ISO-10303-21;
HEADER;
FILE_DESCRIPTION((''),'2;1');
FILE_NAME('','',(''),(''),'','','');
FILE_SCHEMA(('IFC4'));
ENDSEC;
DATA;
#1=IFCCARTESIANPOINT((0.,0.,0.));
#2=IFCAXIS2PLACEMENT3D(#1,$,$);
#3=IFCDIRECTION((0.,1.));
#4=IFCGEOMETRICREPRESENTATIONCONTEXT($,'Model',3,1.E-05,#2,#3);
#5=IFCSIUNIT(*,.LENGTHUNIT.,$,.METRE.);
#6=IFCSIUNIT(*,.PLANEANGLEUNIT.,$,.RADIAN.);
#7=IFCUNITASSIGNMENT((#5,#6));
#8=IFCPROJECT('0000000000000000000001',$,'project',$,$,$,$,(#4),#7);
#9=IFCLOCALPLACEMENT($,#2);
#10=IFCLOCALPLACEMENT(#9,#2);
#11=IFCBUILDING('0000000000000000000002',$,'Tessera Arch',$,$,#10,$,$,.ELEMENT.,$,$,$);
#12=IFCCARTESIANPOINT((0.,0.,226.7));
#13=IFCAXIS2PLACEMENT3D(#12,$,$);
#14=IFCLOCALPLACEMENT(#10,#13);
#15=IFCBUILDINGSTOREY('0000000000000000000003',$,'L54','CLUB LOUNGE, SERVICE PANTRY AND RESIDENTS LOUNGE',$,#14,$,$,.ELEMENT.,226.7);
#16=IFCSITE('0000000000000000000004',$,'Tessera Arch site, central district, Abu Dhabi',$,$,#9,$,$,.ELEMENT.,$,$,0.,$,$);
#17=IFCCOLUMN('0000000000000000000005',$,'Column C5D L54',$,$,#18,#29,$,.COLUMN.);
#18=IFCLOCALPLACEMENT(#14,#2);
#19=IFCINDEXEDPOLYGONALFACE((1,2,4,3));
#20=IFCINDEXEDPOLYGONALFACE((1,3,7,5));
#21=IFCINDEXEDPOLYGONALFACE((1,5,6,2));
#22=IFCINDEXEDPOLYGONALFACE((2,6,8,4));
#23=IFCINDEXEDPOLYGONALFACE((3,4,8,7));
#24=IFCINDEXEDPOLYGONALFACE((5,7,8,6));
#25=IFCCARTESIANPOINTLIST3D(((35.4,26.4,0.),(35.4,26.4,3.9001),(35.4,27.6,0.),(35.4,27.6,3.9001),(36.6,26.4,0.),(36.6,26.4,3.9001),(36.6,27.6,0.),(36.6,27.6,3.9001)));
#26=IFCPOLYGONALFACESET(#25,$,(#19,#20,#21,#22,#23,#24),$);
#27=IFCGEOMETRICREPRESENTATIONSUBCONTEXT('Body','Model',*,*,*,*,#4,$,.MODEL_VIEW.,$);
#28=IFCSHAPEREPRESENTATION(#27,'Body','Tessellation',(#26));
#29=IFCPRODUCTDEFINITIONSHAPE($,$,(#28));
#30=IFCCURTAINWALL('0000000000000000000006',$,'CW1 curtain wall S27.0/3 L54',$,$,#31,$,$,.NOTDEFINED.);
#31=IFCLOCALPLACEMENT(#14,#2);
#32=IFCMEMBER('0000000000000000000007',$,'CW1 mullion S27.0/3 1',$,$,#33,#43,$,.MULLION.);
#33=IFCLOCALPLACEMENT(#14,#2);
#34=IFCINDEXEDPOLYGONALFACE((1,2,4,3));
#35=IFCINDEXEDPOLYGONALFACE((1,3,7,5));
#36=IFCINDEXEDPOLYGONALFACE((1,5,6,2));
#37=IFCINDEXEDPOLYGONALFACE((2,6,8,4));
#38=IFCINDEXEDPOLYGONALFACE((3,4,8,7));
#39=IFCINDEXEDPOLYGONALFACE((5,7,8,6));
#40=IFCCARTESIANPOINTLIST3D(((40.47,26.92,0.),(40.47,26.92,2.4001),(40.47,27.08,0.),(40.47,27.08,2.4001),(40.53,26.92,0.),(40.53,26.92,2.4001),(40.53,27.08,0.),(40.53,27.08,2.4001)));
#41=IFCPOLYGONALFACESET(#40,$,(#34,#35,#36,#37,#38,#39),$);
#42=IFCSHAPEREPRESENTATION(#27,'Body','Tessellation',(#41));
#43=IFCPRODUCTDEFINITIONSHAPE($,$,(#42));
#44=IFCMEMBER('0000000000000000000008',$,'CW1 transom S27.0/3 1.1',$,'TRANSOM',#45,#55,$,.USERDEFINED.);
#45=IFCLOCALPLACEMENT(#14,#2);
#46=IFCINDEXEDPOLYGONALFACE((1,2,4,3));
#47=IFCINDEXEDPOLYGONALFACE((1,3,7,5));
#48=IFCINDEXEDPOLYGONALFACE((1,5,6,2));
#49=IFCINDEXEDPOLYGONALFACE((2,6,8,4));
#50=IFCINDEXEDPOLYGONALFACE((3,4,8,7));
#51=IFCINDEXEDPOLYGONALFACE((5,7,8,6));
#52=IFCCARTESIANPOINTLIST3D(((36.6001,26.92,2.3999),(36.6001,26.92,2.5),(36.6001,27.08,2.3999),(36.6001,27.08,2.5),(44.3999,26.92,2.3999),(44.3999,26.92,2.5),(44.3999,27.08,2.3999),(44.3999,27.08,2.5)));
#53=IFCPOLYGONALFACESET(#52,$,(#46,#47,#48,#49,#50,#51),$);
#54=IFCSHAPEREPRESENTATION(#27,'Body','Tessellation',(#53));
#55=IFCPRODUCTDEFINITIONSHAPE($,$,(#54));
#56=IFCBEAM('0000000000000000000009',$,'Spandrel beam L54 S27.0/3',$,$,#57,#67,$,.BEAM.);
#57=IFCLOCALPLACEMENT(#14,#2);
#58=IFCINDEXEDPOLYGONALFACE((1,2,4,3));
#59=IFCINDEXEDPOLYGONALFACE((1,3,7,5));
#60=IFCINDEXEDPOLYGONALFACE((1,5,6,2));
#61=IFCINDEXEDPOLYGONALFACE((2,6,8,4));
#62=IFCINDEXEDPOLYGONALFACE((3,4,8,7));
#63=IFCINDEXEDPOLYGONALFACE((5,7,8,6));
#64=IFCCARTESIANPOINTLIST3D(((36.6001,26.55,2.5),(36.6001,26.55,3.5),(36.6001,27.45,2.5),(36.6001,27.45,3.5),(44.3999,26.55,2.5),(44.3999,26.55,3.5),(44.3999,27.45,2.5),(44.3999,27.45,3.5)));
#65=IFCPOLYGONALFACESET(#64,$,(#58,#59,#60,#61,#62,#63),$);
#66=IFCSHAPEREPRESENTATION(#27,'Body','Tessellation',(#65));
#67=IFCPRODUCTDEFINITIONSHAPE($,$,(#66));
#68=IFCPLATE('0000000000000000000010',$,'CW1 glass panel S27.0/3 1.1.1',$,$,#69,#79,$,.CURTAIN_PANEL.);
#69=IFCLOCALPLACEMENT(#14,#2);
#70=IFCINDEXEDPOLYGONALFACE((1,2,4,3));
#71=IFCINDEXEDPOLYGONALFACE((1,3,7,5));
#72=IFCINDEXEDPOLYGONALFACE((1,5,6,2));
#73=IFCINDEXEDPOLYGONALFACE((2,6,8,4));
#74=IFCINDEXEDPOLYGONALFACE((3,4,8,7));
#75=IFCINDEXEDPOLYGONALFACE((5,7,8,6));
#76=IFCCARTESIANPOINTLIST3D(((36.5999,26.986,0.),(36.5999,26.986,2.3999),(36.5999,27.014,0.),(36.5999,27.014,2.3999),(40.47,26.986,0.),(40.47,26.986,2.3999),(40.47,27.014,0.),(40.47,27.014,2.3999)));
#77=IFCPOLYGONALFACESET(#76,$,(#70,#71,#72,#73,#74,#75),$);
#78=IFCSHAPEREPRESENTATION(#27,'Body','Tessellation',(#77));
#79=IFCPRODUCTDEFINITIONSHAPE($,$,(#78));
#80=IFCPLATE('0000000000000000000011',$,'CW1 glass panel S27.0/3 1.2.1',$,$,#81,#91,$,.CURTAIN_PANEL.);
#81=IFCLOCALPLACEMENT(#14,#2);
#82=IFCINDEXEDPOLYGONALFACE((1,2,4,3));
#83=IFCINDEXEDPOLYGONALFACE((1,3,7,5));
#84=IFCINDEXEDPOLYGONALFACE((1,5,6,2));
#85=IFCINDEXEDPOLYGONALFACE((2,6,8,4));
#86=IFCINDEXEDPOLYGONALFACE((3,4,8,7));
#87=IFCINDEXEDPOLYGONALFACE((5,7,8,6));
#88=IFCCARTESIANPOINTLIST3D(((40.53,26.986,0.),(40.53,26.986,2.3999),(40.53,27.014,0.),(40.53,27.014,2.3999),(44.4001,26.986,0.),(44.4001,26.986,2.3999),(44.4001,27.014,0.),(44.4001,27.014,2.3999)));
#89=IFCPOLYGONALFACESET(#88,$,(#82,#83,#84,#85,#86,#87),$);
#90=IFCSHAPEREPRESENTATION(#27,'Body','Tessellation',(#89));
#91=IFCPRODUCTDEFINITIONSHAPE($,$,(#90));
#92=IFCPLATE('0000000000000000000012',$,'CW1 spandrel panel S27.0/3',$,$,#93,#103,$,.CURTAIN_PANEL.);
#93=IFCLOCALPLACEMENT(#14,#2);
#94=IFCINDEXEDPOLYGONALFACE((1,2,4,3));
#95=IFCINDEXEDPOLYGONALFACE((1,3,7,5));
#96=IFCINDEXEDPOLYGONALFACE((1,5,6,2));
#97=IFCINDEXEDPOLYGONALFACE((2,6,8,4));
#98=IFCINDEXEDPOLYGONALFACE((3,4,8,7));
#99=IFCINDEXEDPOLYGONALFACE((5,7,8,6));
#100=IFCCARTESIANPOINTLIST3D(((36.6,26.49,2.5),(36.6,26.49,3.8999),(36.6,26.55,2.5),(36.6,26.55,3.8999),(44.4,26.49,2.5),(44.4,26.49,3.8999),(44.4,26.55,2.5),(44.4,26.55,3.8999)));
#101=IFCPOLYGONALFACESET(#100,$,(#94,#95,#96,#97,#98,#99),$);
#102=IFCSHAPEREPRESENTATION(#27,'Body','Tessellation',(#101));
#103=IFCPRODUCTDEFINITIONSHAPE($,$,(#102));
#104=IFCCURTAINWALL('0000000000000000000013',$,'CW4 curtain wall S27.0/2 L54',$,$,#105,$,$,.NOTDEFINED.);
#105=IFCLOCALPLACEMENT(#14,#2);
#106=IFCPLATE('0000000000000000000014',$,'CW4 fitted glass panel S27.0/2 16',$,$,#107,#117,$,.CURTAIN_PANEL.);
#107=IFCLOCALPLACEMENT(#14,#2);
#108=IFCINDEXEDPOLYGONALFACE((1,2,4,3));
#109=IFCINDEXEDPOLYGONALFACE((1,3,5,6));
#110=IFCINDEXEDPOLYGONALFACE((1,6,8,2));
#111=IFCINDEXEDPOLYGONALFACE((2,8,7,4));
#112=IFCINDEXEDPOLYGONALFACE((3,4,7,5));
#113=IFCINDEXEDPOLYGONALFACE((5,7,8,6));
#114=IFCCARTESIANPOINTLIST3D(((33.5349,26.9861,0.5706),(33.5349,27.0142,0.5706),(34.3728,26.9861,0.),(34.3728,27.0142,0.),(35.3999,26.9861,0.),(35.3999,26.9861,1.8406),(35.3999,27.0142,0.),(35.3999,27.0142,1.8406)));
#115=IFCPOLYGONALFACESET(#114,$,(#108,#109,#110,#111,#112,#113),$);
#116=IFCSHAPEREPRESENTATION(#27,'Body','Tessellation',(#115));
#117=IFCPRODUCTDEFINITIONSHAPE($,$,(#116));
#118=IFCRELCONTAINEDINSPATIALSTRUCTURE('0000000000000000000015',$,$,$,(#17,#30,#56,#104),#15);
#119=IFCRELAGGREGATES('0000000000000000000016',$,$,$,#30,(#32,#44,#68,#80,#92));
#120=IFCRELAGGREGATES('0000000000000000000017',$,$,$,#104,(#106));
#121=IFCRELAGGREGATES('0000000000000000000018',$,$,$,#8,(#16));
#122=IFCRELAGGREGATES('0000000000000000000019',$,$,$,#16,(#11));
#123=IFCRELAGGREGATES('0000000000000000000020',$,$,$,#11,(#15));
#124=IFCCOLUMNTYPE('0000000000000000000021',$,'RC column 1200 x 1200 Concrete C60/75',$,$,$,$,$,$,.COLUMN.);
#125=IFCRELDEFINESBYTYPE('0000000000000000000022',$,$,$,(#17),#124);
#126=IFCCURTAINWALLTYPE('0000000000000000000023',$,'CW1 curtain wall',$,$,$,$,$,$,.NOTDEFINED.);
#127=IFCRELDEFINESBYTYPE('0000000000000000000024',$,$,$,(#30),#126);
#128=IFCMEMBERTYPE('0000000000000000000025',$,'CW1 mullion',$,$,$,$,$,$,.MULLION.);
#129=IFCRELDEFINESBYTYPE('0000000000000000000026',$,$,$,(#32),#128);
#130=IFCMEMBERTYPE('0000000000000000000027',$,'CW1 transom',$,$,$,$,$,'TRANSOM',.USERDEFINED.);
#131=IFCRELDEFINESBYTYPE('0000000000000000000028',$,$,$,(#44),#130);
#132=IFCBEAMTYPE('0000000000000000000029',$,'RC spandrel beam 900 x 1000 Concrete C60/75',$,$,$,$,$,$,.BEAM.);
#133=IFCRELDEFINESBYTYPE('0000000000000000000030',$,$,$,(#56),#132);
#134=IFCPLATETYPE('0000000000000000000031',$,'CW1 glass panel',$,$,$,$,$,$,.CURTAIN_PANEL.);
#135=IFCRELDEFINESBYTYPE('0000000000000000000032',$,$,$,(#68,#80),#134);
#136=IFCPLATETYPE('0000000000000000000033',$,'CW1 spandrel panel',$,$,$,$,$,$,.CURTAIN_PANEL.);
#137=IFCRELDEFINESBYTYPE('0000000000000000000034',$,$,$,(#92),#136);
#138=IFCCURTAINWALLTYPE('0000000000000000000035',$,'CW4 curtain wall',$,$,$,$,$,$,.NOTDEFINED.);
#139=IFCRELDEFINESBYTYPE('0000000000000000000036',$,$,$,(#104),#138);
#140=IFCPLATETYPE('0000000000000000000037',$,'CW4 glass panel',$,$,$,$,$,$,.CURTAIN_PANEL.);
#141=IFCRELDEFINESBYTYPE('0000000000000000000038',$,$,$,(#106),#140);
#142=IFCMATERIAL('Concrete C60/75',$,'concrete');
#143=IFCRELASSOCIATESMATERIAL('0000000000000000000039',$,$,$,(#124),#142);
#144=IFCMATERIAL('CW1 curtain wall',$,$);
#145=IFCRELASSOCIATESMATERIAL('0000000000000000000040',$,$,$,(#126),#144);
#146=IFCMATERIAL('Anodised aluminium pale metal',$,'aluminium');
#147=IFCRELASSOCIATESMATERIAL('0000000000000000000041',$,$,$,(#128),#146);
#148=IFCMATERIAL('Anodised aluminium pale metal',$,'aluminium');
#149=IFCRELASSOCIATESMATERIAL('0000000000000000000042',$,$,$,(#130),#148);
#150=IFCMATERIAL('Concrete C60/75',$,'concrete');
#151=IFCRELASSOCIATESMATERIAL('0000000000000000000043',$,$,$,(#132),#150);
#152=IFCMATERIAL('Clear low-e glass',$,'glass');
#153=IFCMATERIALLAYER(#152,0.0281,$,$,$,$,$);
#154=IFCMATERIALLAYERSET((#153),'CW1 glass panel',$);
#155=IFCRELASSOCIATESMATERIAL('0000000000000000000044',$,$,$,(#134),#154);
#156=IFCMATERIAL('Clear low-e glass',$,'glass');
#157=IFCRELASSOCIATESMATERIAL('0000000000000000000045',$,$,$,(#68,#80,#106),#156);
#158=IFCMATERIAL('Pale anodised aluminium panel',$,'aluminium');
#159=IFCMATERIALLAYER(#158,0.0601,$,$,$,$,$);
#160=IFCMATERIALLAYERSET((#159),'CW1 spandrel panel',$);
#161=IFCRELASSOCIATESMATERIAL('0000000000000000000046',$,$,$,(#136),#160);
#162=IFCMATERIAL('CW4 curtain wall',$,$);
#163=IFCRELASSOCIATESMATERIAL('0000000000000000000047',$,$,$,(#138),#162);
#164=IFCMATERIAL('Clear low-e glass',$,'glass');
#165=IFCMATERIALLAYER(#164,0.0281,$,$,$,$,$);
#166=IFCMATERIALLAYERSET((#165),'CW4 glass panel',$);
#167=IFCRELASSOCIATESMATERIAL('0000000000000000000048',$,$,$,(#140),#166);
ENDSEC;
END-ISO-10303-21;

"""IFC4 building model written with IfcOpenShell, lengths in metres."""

from ifc_helpers import new_model, si_unit, direction, frame, origin, origin_2d, place, context, subcontext, project, spatial, polyline, rectangle, outline, extrude, material, layer, layer_set, material_profile, profile_set, type_object, element, aggregate, save


model = new_model("IFC4")

# Units and contexts
model_context = context("Model", 3, precision=1e-05, world=origin(), true_north=direction((0.0, 1.0)))
body_context = subcontext(model_context, "Body", "Model", "MODEL_VIEW")
ifc_project = project(units=[si_unit("LENGTHUNIT", "METRE"), si_unit("PLANEANGLEUNIT", "RADIAN")], contexts=[model_context])

# Site, building, storey
site_placement = place(None, origin())
site = spatial("IfcSite", under=ifc_project, at=site_placement, Name="Tessera Arch site, central district, Abu Dhabi", CompositionType="ELEMENT", RefElevation=0.0)
building_placement = place(site_placement, origin())
building = spatial("IfcBuilding", under=site, at=building_placement, Name="Tessera Arch", CompositionType="ELEMENT")
storey_placement = place(building_placement, frame((0.0, 0.0, 226.7)))
storey = spatial("IfcBuildingStorey", under=building, at=storey_placement, Name="L54", Description="CLUB LOUNGE, SERVICE PANTRY AND RESIDENTS LOUNGE", CompositionType="ELEMENT", Elevation=226.7)

# Column
ifc_material_1 = material(Name="Concrete C60/75", Category="concrete")
ifc_material_profile_1 = material_profile(ifc_material_1, rectangle(XDim=1.2, YDim=1.2, at=origin_2d()), Name="RC column 1200 x 1200 Concrete C60/75")
ifc_profile_set_1 = profile_set([ifc_material_profile_1], Name="Concrete C60/75")
column_type = type_object("IfcColumnType", Name="RC column 1200 x 1200 Concrete C60/75", PredefinedType="COLUMN", material=ifc_profile_set_1)
column_placement = place(storey_placement, frame((36.0, 27.0, 0.0), z_axis=(0.0, 0.0, 1.0), x_axis=(1.0, 0.0, 0.0)))
element("IfcColumn", 1, at=column_placement, inside=storey, type_object=column_type, Name="Column C5D L54", PredefinedType="COLUMN", context=body_context, shape_type="SweptSolid", body=[
    extrude(rectangle(XDim=1.2, YDim=1.2, at=origin_2d()), origin(), (0.0, 0.0, 1.0), 3.9001),
])

# Curtain wall, members
ifc_material_2 = material(Name="CW1 curtain wall")
curtain_wall_type_1 = type_object("IfcCurtainWallType", Name="CW1 curtain wall", PredefinedType="NOTDEFINED", material=ifc_material_2)
curtain_wall_1_placement = place(storey_placement, origin())
curtain_wall_1 = element("IfcCurtainWall", 2, at=curtain_wall_1_placement, inside=storey, type_object=curtain_wall_type_1, Name="CW1 curtain wall S27.0/3 L54", PredefinedType="NOTDEFINED")
ifc_material_3 = material(Name="Anodised aluminium pale metal", Category="aluminium")
ifc_material_profile_2 = material_profile(ifc_material_3, rectangle(XDim=0.1599, YDim=0.0601, at=origin_2d()), Name="AL 60x160")
ifc_profile_set_2 = profile_set([ifc_material_profile_2], Name="Anodised aluminium pale metal")
member_type_1 = type_object("IfcMemberType", Name="CW1 mullion", PredefinedType="MULLION", material=ifc_profile_set_2)
member_1_placement = place(storey_placement, frame((40.5, 27.0, 0.0), z_axis=(0.0, 0.0, 1.0), x_axis=(0.0, 1.0, 0.0)))
member_1 = element("IfcMember", 3, at=member_1_placement, type_object=member_type_1, Name="CW1 mullion S27.0/3 1", PredefinedType="MULLION", context=body_context, shape_type="SweptSolid", body=[
    extrude(rectangle(XDim=0.1599, YDim=0.0601, at=origin_2d()), origin(), (0.0, 0.0, 1.0), 2.4001),
])
ifc_material_4 = material(Name="Anodised aluminium pale metal", Category="aluminium")
ifc_material_profile_3 = material_profile(ifc_material_4, rectangle(XDim=0.1599, YDim=0.1001, at=origin_2d()), Name="AL 160x100")
ifc_profile_set_3 = profile_set([ifc_material_profile_3], Name="Anodised aluminium pale metal")
member_type_2 = type_object("IfcMemberType", Name="CW1 transom", ElementType="TRANSOM", PredefinedType="USERDEFINED", material=ifc_profile_set_3)
member_2_placement = place(storey_placement, frame((36.6001, 27.0, 2.45), z_axis=(1.0, 0.0, 0.0), x_axis=(0.0, 1.0, 0.0)))
member_2 = element("IfcMember", 4, at=member_2_placement, type_object=member_type_2, Name="CW1 transom S27.0/3 1.1", ObjectType="TRANSOM", PredefinedType="USERDEFINED", context=body_context, shape_type="SweptSolid", body=[
    extrude(rectangle(XDim=0.1599, YDim=0.1001, at=origin_2d()), origin(), (0.0, 0.0, 1.0), 7.7998),
])

# Beam
ifc_material_5 = material(Name="Concrete C60/75", Category="concrete")
ifc_material_profile_4 = material_profile(ifc_material_5, rectangle(XDim=0.8999, YDim=1.0, at=origin_2d()), Name="RC spandrel beam 900 x 1000 Concrete C60/75")
ifc_profile_set_4 = profile_set([ifc_material_profile_4], Name="Concrete C60/75")
beam_type = type_object("IfcBeamType", Name="RC spandrel beam 900 x 1000 Concrete C60/75", PredefinedType="BEAM", material=ifc_profile_set_4)
beam_placement = place(storey_placement, frame((36.6001, 27.0, 3.0), z_axis=(1.0, 0.0, 0.0), x_axis=(0.0, 1.0, 0.0)))
element("IfcBeam", 5, at=beam_placement, inside=storey, type_object=beam_type, Name="Spandrel beam L54 S27.0/3", PredefinedType="BEAM", context=body_context, shape_type="SweptSolid", body=[
    extrude(rectangle(XDim=0.8999, YDim=1.0, at=origin_2d()), origin(), (0.0, 0.0, 1.0), 7.7998),
])

# Plates
ifc_material_6 = material(Name="Clear low-e glass", Category="glass")
ifc_material_7 = material(Name="Clear low-e glass", Category="glass")
ifc_layer_1 = layer(ifc_material_7, 0.0281)
ifc_layer_set_1 = layer_set([ifc_layer_1], Name="CW1 glass panel")
plate_type_1 = type_object("IfcPlateType", Name="CW1 glass panel", PredefinedType="CURTAIN_PANEL", material=ifc_layer_set_1)
plate_1_placement = place(storey_placement, frame((38.5349, 27.0, 0.0), z_axis=(0.0, 0.0, 1.0), x_axis=(1.0, 0.0, 0.0)))
plate_1 = element("IfcPlate", 6, at=plate_1_placement, type_object=plate_type_1, material=ifc_material_6, Name="CW1 glass panel S27.0/3 1.1.1", PredefinedType="CURTAIN_PANEL", context=body_context, shape_type="SweptSolid", body=[
    extrude(rectangle(XDim=3.8701, YDim=0.0281, at=origin_2d()), origin(), (0.0, 0.0, 1.0), 2.3999),
])
plate_2_placement = place(storey_placement, frame((42.4651, 27.0, 0.0), z_axis=(0.0, 0.0, 1.0), x_axis=(1.0, 0.0, 0.0)))
plate_2 = element("IfcPlate", 7, at=plate_2_placement, type_object=plate_type_1, material=ifc_material_6, Name="CW1 glass panel S27.0/3 1.2.1", PredefinedType="CURTAIN_PANEL", context=body_context, shape_type="SweptSolid", body=[
    extrude(rectangle(XDim=3.8701, YDim=0.0281, at=origin_2d()), origin(), (0.0, 0.0, 1.0), 2.3999),
])
ifc_material_8 = material(Name="Pale anodised aluminium panel", Category="aluminium")
ifc_layer_2 = layer(ifc_material_8, 0.0601)
ifc_layer_set_2 = layer_set([ifc_layer_2], Name="CW1 spandrel panel")
plate_type_2 = type_object("IfcPlateType", Name="CW1 spandrel panel", PredefinedType="CURTAIN_PANEL", material=ifc_layer_set_2)
plate_3_placement = place(storey_placement, frame((40.5, 26.52, 2.5), z_axis=(0.0, 0.0, 1.0), x_axis=(1.0, 0.0, 0.0)))
plate_3 = element("IfcPlate", 8, at=plate_3_placement, type_object=plate_type_2, Name="CW1 spandrel panel S27.0/3", PredefinedType="CURTAIN_PANEL", context=body_context, shape_type="SweptSolid", body=[
    extrude(rectangle(XDim=7.8, YDim=0.0601, at=origin_2d()), origin(), (0.0, 0.0, 1.0), 1.3999),
])
aggregate(curtain_wall_1, [member_1, member_2, plate_1, plate_2, plate_3])

# Curtain wall, plate
ifc_material_9 = material(Name="CW4 curtain wall")
curtain_wall_type_2 = type_object("IfcCurtainWallType", Name="CW4 curtain wall", PredefinedType="NOTDEFINED", material=ifc_material_9)
curtain_wall_2_placement = place(storey_placement, origin())
curtain_wall_2 = element("IfcCurtainWall", 9, at=curtain_wall_2_placement, inside=storey, type_object=curtain_wall_type_2, Name="CW4 curtain wall S27.0/2 L54", PredefinedType="NOTDEFINED")
ifc_material_10 = material(Name="Clear low-e glass", Category="glass")
ifc_layer_3 = layer(ifc_material_10, 0.0281)
ifc_layer_set_3 = layer_set([ifc_layer_3], Name="CW4 glass panel")
plate_type_3 = type_object("IfcPlateType", Name="CW4 glass panel", PredefinedType="CURTAIN_PANEL", material=ifc_layer_set_3)
plate_4_placement = place(storey_placement, frame((35.3999, 26.9861, 0.0), z_axis=(0.0, -1.0, 0.0), x_axis=(0.0, 0.0, 1.0)))
plate_4 = element("IfcPlate", 10, at=plate_4_placement, type_object=plate_type_3, material=ifc_material_6, Name="CW4 fitted glass panel S27.0/2 16", PredefinedType="CURTAIN_PANEL", context=body_context, shape_type="SweptSolid", body=[
    extrude(outline(polyline([(0.0, 0.0), (1.8406, 0.0), (0.5706, 1.865), (0.0, 1.0271), (0.0, 0.0)])), origin(), (0.0, 0.0, -1.0), 0.0281),
])
aggregate(curtain_wall_2, [plate_4])

save(model, "model.ifc")
